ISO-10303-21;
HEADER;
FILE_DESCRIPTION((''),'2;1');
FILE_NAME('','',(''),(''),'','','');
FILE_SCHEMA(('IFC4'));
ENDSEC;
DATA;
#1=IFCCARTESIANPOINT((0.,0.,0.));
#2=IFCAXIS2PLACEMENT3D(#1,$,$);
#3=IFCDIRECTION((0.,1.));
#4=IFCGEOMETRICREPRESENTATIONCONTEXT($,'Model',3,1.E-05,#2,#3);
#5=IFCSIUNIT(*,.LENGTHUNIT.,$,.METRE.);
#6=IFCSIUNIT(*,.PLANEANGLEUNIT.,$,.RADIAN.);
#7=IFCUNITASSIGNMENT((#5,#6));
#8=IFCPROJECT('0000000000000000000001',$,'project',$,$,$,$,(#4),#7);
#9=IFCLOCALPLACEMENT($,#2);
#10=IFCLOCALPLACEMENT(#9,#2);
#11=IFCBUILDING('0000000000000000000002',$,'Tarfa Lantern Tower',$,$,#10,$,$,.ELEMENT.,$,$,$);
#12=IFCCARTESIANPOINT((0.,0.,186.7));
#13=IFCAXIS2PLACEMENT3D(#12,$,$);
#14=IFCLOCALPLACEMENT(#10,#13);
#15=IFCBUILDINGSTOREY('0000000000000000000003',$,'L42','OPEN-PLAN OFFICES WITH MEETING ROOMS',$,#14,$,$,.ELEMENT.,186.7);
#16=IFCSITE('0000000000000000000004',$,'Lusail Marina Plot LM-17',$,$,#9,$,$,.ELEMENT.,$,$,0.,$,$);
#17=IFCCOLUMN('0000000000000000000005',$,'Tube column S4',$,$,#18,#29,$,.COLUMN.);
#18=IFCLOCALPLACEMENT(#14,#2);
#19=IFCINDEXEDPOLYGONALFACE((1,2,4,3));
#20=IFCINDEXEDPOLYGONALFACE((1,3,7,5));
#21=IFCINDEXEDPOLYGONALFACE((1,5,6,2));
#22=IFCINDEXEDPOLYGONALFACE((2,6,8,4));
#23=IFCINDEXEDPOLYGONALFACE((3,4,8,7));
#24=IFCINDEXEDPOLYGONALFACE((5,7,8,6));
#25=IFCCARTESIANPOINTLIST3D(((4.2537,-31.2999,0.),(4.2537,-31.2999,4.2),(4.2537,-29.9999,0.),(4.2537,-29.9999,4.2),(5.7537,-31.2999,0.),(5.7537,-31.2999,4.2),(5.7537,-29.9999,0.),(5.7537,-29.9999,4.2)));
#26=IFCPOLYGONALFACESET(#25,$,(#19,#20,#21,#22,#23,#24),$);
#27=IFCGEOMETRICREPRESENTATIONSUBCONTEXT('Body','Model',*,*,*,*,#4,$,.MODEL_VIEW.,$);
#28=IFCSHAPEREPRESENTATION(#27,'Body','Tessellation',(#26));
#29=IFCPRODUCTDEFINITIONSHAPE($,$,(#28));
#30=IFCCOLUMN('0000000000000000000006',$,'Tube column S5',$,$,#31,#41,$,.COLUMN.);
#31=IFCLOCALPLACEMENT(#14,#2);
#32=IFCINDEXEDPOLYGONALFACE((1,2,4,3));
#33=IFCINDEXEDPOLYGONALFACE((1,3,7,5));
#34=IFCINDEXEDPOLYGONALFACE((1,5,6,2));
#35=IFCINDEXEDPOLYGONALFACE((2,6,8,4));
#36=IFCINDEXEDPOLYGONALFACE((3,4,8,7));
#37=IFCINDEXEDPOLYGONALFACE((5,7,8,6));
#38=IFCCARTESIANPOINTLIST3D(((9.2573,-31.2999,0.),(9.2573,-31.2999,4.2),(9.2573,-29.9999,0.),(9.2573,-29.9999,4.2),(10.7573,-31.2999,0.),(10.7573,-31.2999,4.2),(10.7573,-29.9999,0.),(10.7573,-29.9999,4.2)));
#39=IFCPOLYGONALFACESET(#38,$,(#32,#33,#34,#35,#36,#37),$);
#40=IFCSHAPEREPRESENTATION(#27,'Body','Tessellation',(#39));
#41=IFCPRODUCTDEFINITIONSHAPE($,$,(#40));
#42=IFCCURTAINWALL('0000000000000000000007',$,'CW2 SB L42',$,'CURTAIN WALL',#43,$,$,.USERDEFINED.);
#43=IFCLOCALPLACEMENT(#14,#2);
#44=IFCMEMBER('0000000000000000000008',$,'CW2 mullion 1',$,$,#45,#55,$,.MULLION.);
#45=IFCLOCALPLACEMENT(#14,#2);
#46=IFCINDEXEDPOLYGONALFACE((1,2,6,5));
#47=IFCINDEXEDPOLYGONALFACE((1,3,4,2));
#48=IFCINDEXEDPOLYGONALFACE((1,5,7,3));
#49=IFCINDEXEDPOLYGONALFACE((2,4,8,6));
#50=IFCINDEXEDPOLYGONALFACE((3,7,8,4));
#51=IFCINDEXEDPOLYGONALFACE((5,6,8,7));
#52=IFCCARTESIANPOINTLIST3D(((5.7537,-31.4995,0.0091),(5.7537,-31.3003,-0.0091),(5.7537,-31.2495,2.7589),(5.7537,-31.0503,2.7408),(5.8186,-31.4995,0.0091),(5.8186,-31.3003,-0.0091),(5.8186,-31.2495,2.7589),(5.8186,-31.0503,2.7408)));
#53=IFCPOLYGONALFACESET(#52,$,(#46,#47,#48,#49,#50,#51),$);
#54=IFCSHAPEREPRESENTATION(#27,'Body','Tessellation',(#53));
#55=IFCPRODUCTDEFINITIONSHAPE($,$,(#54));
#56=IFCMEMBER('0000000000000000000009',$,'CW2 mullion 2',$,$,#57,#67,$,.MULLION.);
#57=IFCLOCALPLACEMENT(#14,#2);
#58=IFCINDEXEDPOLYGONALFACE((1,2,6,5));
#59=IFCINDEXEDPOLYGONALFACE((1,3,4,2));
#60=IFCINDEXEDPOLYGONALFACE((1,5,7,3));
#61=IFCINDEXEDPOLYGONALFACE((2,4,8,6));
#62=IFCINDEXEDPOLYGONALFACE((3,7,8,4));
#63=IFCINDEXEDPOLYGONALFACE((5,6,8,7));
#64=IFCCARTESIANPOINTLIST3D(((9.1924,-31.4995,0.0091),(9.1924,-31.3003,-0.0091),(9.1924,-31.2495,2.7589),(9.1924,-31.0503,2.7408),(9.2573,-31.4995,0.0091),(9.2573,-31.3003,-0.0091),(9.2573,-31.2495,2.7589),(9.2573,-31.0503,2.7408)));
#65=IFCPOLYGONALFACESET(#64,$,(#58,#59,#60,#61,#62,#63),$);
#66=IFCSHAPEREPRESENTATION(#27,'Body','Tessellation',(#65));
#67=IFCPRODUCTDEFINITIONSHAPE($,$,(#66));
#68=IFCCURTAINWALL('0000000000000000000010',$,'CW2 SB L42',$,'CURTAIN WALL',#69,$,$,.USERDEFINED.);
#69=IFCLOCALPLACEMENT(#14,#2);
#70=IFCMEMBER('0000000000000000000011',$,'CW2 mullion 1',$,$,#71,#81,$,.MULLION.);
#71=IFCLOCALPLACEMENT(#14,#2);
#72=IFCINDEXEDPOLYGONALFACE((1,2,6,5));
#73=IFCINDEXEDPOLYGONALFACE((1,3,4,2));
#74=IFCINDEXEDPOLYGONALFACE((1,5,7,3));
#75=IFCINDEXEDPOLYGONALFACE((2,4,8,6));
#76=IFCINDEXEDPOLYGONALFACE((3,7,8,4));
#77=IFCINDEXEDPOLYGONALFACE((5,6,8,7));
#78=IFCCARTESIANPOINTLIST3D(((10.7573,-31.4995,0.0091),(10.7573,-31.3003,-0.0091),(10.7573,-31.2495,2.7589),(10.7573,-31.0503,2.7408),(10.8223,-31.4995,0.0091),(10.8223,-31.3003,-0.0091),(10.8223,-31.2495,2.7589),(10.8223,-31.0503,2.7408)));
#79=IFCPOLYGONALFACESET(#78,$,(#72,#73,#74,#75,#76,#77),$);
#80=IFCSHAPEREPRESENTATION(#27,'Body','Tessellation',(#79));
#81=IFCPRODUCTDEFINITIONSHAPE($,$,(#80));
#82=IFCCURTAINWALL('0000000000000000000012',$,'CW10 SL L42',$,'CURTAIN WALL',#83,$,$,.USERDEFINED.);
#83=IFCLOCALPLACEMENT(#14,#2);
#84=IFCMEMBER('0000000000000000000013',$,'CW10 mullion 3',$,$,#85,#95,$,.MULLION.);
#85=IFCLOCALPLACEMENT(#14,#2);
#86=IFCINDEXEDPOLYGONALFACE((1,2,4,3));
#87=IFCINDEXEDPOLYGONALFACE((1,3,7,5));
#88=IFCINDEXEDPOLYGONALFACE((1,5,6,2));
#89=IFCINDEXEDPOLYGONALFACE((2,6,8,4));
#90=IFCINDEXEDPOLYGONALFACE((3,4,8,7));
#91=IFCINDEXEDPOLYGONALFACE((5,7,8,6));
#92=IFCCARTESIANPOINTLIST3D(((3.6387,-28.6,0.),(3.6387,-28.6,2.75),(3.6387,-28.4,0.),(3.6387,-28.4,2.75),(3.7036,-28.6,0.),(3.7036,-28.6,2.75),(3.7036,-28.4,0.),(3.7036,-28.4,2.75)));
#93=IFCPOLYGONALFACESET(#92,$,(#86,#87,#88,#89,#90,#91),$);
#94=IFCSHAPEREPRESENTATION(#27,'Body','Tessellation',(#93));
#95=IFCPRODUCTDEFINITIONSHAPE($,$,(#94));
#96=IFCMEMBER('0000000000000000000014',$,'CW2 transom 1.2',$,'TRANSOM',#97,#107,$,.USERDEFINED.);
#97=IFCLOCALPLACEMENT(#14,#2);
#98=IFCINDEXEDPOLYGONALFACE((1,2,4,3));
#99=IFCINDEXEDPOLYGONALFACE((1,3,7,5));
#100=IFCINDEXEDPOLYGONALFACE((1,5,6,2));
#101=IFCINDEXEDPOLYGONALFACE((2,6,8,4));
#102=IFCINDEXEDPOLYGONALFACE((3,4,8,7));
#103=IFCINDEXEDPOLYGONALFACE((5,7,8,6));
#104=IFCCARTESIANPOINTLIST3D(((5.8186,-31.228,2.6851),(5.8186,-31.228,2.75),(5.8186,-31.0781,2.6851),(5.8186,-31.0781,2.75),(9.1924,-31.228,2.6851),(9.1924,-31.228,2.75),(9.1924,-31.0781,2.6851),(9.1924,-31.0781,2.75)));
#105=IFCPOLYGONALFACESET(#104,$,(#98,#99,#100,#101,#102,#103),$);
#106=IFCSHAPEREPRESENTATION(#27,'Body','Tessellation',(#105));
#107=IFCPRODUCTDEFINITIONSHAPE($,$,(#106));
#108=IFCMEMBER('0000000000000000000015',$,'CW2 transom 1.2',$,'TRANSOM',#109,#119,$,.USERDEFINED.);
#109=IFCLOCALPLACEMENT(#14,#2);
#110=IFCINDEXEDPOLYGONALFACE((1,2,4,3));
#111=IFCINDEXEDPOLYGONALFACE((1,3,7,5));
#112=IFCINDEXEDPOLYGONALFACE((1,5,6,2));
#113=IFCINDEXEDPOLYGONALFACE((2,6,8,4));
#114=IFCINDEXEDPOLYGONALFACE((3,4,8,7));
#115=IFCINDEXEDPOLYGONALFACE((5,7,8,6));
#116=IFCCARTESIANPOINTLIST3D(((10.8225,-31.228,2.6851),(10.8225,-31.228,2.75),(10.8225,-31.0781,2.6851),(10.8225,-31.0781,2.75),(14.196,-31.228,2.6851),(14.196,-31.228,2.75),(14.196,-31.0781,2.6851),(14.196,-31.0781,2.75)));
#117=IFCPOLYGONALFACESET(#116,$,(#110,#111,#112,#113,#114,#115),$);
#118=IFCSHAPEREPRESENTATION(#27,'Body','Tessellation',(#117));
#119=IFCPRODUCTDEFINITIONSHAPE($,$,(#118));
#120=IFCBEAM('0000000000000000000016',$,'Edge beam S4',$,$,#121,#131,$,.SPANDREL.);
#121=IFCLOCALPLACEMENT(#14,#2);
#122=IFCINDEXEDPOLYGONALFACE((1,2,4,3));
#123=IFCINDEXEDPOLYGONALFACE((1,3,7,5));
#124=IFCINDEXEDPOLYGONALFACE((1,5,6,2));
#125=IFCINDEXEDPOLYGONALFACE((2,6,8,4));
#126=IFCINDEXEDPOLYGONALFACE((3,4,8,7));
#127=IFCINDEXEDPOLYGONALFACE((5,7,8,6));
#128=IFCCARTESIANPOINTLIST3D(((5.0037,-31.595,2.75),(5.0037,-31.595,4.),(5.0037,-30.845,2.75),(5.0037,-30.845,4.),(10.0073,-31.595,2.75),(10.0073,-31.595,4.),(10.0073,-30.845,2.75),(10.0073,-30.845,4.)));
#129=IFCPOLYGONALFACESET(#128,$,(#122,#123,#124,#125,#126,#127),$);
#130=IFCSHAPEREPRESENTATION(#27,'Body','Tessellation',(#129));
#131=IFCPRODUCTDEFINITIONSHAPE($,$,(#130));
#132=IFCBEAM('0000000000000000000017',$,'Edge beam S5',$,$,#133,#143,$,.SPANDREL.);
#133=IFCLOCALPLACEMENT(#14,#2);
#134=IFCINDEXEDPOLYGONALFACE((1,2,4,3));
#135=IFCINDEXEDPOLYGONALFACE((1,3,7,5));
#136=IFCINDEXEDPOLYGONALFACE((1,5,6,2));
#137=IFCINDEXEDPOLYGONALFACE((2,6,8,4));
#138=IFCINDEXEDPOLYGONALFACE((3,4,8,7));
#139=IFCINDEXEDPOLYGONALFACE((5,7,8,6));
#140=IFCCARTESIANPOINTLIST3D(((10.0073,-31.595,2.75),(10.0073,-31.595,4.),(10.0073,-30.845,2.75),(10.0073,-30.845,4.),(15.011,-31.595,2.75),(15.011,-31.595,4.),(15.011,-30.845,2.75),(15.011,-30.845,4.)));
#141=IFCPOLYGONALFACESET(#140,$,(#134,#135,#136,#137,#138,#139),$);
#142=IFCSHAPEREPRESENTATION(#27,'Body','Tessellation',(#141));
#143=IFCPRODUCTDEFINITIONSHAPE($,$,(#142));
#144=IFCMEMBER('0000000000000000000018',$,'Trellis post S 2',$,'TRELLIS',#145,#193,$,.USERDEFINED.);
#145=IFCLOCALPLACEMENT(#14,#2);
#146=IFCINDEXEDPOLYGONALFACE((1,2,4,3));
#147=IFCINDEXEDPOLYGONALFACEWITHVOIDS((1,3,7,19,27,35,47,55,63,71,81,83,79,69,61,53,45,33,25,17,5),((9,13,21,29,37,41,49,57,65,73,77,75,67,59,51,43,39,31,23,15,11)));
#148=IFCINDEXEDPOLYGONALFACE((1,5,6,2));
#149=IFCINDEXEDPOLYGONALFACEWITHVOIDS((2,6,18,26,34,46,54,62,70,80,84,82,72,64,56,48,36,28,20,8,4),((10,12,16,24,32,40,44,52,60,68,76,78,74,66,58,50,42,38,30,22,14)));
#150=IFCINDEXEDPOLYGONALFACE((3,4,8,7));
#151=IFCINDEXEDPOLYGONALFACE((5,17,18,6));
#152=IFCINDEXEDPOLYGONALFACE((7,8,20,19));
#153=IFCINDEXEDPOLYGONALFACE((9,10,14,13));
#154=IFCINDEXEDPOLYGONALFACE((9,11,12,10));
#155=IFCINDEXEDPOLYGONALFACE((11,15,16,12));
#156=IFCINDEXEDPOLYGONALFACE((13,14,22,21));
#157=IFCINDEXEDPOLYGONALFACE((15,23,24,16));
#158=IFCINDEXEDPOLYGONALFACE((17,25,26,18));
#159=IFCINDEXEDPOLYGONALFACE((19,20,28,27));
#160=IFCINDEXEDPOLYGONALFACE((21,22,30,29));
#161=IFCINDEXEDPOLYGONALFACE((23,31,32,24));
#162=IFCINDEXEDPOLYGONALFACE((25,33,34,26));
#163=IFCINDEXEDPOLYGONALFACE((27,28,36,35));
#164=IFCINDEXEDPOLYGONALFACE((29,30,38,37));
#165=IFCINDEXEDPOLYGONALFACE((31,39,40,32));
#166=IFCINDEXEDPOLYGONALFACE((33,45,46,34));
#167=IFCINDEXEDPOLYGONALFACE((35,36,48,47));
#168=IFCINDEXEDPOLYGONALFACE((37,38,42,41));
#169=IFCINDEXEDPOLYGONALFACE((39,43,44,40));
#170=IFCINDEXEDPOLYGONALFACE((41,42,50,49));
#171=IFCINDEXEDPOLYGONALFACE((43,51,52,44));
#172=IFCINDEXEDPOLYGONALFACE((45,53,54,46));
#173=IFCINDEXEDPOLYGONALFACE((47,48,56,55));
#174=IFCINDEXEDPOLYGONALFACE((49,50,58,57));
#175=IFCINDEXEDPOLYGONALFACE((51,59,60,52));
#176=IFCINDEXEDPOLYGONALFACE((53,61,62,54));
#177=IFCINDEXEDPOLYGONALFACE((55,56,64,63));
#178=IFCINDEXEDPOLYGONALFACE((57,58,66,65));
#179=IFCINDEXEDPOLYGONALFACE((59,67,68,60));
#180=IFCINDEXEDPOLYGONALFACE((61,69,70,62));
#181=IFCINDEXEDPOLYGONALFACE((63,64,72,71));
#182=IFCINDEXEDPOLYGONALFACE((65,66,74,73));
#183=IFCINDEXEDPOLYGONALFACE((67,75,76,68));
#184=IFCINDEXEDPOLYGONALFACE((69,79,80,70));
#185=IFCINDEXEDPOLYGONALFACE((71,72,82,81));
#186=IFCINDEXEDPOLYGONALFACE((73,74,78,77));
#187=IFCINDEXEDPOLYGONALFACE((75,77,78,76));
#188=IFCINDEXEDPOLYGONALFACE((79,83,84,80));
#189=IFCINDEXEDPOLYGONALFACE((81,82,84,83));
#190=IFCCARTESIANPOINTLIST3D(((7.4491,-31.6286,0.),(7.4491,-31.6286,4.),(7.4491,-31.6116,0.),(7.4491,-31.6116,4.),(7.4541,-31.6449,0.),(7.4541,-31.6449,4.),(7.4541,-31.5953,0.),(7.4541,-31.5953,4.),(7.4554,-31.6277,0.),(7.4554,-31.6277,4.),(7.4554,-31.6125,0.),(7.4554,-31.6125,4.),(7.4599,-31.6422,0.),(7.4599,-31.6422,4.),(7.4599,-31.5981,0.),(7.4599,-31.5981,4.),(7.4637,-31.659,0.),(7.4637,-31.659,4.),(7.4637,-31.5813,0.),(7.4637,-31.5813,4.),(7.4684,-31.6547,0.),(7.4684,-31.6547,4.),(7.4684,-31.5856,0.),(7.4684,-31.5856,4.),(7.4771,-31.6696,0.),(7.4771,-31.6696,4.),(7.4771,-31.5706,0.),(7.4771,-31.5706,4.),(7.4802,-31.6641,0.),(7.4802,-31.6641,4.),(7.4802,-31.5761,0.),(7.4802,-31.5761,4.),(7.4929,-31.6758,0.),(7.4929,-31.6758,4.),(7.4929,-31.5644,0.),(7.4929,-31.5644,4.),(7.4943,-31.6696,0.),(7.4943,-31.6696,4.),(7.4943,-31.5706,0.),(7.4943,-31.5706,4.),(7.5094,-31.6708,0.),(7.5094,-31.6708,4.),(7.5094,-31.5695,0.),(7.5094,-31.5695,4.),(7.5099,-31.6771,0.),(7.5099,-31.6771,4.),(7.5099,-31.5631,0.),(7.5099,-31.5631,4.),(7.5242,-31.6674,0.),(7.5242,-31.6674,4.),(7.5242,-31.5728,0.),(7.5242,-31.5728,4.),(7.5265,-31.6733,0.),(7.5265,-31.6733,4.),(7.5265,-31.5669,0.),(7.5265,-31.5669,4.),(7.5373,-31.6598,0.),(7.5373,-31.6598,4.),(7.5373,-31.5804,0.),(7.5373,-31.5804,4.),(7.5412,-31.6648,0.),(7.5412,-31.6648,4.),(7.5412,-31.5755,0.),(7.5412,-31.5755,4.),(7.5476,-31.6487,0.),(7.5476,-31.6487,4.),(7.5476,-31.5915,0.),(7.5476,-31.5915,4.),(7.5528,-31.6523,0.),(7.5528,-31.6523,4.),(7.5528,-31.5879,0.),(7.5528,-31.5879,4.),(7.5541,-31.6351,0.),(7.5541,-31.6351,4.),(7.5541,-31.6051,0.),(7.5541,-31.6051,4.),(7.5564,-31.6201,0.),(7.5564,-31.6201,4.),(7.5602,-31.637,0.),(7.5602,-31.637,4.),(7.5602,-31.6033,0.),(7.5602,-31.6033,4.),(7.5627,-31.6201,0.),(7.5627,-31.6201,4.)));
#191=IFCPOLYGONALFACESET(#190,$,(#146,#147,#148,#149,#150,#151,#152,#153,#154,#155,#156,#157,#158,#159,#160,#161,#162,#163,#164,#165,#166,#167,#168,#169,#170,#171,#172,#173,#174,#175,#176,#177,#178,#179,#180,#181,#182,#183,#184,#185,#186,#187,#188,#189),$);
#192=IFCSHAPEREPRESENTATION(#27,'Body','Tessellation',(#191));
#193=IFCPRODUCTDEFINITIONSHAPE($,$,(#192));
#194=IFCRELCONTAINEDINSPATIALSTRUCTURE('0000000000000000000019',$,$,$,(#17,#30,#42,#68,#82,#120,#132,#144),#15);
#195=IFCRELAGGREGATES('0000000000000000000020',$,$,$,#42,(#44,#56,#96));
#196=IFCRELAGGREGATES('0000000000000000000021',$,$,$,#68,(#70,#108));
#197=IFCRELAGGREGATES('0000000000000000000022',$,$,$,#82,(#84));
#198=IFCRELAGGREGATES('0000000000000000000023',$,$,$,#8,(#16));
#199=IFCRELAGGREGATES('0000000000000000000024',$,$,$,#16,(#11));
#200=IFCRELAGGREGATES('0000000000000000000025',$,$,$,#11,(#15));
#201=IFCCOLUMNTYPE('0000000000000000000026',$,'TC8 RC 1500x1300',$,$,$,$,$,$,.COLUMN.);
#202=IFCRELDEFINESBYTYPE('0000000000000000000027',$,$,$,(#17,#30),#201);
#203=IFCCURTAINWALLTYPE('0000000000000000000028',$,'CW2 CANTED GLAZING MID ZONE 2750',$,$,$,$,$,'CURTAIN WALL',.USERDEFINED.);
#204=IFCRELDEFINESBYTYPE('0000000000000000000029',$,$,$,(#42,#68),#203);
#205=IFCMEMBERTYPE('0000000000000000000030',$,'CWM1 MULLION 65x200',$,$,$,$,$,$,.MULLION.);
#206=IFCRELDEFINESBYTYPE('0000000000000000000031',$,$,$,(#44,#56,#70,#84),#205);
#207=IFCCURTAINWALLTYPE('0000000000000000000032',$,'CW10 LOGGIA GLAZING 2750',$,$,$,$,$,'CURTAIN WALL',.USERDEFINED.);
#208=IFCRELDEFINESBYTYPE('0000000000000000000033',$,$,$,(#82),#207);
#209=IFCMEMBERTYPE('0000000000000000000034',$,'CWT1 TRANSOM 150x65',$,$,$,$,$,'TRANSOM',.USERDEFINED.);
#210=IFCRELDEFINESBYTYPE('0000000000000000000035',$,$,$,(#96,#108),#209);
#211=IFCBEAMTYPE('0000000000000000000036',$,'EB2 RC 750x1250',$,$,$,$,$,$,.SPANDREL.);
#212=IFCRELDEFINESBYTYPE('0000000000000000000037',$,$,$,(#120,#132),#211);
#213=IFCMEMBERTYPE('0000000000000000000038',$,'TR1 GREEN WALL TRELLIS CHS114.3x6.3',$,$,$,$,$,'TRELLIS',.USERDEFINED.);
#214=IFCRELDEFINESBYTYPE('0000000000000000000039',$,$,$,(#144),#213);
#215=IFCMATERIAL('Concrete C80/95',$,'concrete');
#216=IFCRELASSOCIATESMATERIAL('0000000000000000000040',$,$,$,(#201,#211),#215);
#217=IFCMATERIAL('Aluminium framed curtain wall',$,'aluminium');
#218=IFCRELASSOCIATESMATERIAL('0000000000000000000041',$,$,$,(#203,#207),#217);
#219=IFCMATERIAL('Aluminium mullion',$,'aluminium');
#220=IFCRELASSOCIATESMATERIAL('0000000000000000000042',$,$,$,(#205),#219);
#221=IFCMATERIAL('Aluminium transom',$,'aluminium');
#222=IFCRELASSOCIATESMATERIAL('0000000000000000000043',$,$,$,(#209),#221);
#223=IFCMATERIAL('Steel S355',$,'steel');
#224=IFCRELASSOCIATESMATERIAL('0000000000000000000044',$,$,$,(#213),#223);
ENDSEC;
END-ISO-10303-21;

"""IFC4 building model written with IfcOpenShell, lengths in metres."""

from ifc_helpers import new_model, si_unit, direction, frame, origin, origin_2d, place, context, subcontext, project, spatial, rectangle, hollow_circle, extrude, material, material_profile, profile_set, type_object, element, aggregate, save


model = new_model("IFC4")

# Units and contexts
model_context = context("Model", 3, precision=1e-05, world=origin(), true_north=direction((0.0, 1.0)))
body_context = subcontext(model_context, "Body", "Model", "MODEL_VIEW")
ifc_project = project(units=[si_unit("LENGTHUNIT", "METRE"), si_unit("PLANEANGLEUNIT", "RADIAN")], contexts=[model_context])

# Site, building, storey
site_placement = place(None, origin())
site = spatial("IfcSite", under=ifc_project, at=site_placement, Name="Lusail Marina Plot LM-17", CompositionType="ELEMENT", RefElevation=0.0)
building_placement = place(site_placement, origin())
building = spatial("IfcBuilding", under=site, at=building_placement, Name="Tarfa Lantern Tower", CompositionType="ELEMENT")
storey_placement = place(building_placement, frame((0.0, 0.0, 186.7)))
storey = spatial("IfcBuildingStorey", under=building, at=storey_placement, Name="L42", Description="OPEN-PLAN OFFICES WITH MEETING ROOMS", CompositionType="ELEMENT", Elevation=186.7)

# Columns
ifc_material_1 = material(Name="Concrete C80/95", Category="concrete")
ifc_material_profile_1 = material_profile(ifc_material_1, rectangle(XDim=1.5, YDim=1.3, at=origin_2d()), Name="RC 1500x1300")
ifc_profile_set_1 = profile_set([ifc_material_profile_1], Name="Concrete C80/95")
column_type = type_object("IfcColumnType", Name="TC8 RC 1500x1300", PredefinedType="COLUMN", material=ifc_profile_set_1)
for number, where, z_axis, x_axis, name in (
    (1, (5.0037, -30.6499, 0.0), (0.0, 0.0, 1.0), (1.0, 0.0, 0.0), "Tube column S4"),
    (2, (10.0073, -30.6499, 0.0), (0.0, 0.0, 1.0), (1.0, 0.0, 0.0), "Tube column S5"),
):
    element("IfcColumn", number, at=place(storey_placement, frame(where, z_axis=z_axis, x_axis=x_axis)), inside=storey, type_object=column_type, Name=name, PredefinedType="COLUMN", context=body_context, shape_type="SweptSolid", body=[
        extrude(rectangle(XDim=1.5, YDim=1.3, at=origin_2d()), origin(), (0.0, 0.0, 1.0), 4.2),
    ])

# Curtain wall, members
ifc_material_2 = material(Name="Aluminium framed curtain wall", Category="aluminium")
curtain_wall_type_1 = type_object("IfcCurtainWallType", Name="CW2 CANTED GLAZING MID ZONE 2750", ElementType="CURTAIN WALL", PredefinedType="USERDEFINED", material=ifc_material_2)
curtain_wall_1_placement = place(storey_placement, origin())
curtain_wall_1 = element("IfcCurtainWall", 3, at=curtain_wall_1_placement, inside=storey, type_object=curtain_wall_type_1, Name="CW2 SB L42", ObjectType="CURTAIN WALL", PredefinedType="USERDEFINED")
ifc_material_3 = material(Name="Aluminium mullion", Category="aluminium")
ifc_material_profile_2 = material_profile(ifc_material_3, rectangle(XDim=0.0649, YDim=0.2, at=origin_2d()), Name="AL MULLION 65x200")
ifc_profile_set_2 = profile_set([ifc_material_profile_2], Name="Aluminium mullion")
member_type_1 = type_object("IfcMemberType", Name="CWM1 MULLION 65x200", PredefinedType="MULLION", material=ifc_profile_set_2)
member_1_placement = place(storey_placement, frame((5.7861, -31.3999, 0.0), z_axis=(0.0, 0.090536, 0.995893), x_axis=(-1.0, 0.0, 0.0)))
member_1 = element("IfcMember", 4, at=member_1_placement, type_object=member_type_1, Name="CW2 mullion 1", PredefinedType="MULLION", context=body_context, shape_type="SweptSolid", body=[
    extrude(rectangle(XDim=0.0649, YDim=0.2, at=origin_2d()), origin(), (0.0, 0.0, 1.0), 2.7612),
])
member_2_placement = place(storey_placement, frame((9.2249, -31.3999, 0.0), z_axis=(0.0, 0.090536, 0.995893), x_axis=(-1.0, 0.0, 0.0)))
member_2 = element("IfcMember", 5, at=member_2_placement, type_object=member_type_1, Name="CW2 mullion 2", PredefinedType="MULLION", context=body_context, shape_type="SweptSolid", body=[
    extrude(rectangle(XDim=0.0649, YDim=0.2, at=origin_2d()), origin(), (0.0, 0.0, 1.0), 2.7612),
])

# Curtain walls, members
curtain_wall_2_placement = place(storey_placement, origin())
curtain_wall_2 = element("IfcCurtainWall", 6, at=curtain_wall_2_placement, inside=storey, type_object=curtain_wall_type_1, Name="CW2 SB L42", ObjectType="CURTAIN WALL", PredefinedType="USERDEFINED")
member_3_placement = place(storey_placement, frame((10.7898, -31.3999, 0.0), z_axis=(0.0, 0.090536, 0.995893), x_axis=(-1.0, 0.0, 0.0)))
member_3 = element("IfcMember", 7, at=member_3_placement, type_object=member_type_1, Name="CW2 mullion 1", PredefinedType="MULLION", context=body_context, shape_type="SweptSolid", body=[
    extrude(rectangle(XDim=0.0649, YDim=0.2, at=origin_2d()), origin(), (0.0, 0.0, 1.0), 2.7612),
])
curtain_wall_type_2 = type_object("IfcCurtainWallType", Name="CW10 LOGGIA GLAZING 2750", ElementType="CURTAIN WALL", PredefinedType="USERDEFINED", material=ifc_material_2)
curtain_wall_3_placement = place(storey_placement, origin())
curtain_wall_3 = element("IfcCurtainWall", 8, at=curtain_wall_3_placement, inside=storey, type_object=curtain_wall_type_2, Name="CW10 SL L42", ObjectType="CURTAIN WALL", PredefinedType="USERDEFINED")
member_4_placement = place(storey_placement, frame((3.6711, -28.5, 0.0), z_axis=(0.0, 0.0, 1.0), x_axis=(1.0, 0.0, 0.0)))
member_4 = element("IfcMember", 9, at=member_4_placement, type_object=member_type_1, Name="CW10 mullion 3", PredefinedType="MULLION", context=body_context, shape_type="SweptSolid", body=[
    extrude(rectangle(XDim=0.0649, YDim=0.2, at=origin_2d()), origin(), (0.0, 0.0, 1.0), 2.75),
])

# Members
ifc_material_4 = material(Name="Aluminium transom", Category="aluminium")
ifc_material_profile_3 = material_profile(ifc_material_4, rectangle(XDim=0.1499, YDim=0.0649, at=origin_2d()), Name="AL TRANSOM 150x65")
ifc_profile_set_3 = profile_set([ifc_material_profile_3], Name="Aluminium transom")
member_type_2 = type_object("IfcMemberType", Name="CWT1 TRANSOM 150x65", ElementType="TRANSOM", PredefinedType="USERDEFINED", material=ifc_profile_set_3)
member_5_placement = place(storey_placement, frame((5.8186, -31.1531, 2.7175), z_axis=(1.0, 0.0, 0.0), x_axis=(0.0, 1.0, 0.0)))
member_5 = element("IfcMember", 10, at=member_5_placement, type_object=member_type_2, Name="CW2 transom 1.2", ObjectType="TRANSOM", PredefinedType="USERDEFINED", context=body_context, shape_type="SweptSolid", body=[
    extrude(rectangle(XDim=0.1499, YDim=0.0649, at=origin_2d()), origin(), (0.0, 0.0, 1.0), 3.3738),
])
member_6_placement = place(storey_placement, frame((10.8225, -31.1531, 2.7175), z_axis=(1.0, 0.0, 0.0), x_axis=(0.0, 1.0, 0.0)))
member_6 = element("IfcMember", 11, at=member_6_placement, type_object=member_type_2, Name="CW2 transom 1.2", ObjectType="TRANSOM", PredefinedType="USERDEFINED", context=body_context, shape_type="SweptSolid", body=[
    extrude(rectangle(XDim=0.1499, YDim=0.0649, at=origin_2d()), origin(), (0.0, 0.0, 1.0), 3.3735),
])

# Beams
ifc_material_profile_4 = material_profile(ifc_material_1, rectangle(XDim=0.75, YDim=1.25, at=origin_2d()), Name="RC 750x1250")
ifc_profile_set_4 = profile_set([ifc_material_profile_4], Name="Concrete C80/95")
beam_type_1 = type_object("IfcBeamType", Name="EB2 RC 750x1250", PredefinedType="SPANDREL", material=ifc_profile_set_4)
for number, where, z_axis, x_axis, name in (
    (12, (5.0037, -31.22, 3.375), (1.0, 0.0, 0.0), (0.0, 1.0, 0.0), "Edge beam S4"),
    (13, (10.0073, -31.22, 3.375), (1.0, 0.0, 0.0), (0.0, 1.0, 0.0), "Edge beam S5"),
):
    element("IfcBeam", number, at=place(storey_placement, frame(where, z_axis=z_axis, x_axis=x_axis)), inside=storey, type_object=beam_type_1, Name=name, PredefinedType="SPANDREL", context=body_context, shape_type="SweptSolid", body=[
        extrude(rectangle(XDim=0.75, YDim=1.25, at=origin_2d()), origin(), (0.0, 0.0, 1.0), 5.0037),
    ])

# Member
ifc_material_5 = material(Name="Steel S355", Category="steel")
ifc_material_profile_5 = material_profile(ifc_material_5, hollow_circle(Radius=0.0571, WallThickness=0.0063, at=origin_2d()), Name="CHS114.3x6.3")
ifc_profile_set_5 = profile_set([ifc_material_profile_5], Name="Steel S355")
member_type_3 = type_object("IfcMemberType", Name="TR1 GREEN WALL TRELLIS CHS114.3x6.3", ElementType="TRELLIS", PredefinedType="USERDEFINED", material=ifc_profile_set_5)
member_7_placement = place(storey_placement, frame((7.5056, -31.6201, 0.0), z_axis=(0.0, 0.0, 1.0), x_axis=(1.0, 0.0, 0.0)))
element("IfcMember", 14, at=member_7_placement, inside=storey, type_object=member_type_3, Name="Trellis post S 2", ObjectType="TRELLIS", PredefinedType="USERDEFINED", context=body_context, shape_type="SweptSolid", body=[
    extrude(hollow_circle(Radius=0.0571, WallThickness=0.0063, at=origin_2d()), origin(), (0.0, 0.0, 1.0), 4.0),
])

aggregate(curtain_wall_1, [member_1, member_2, member_5])
aggregate(curtain_wall_2, [member_3, member_6])
aggregate(curtain_wall_3, [member_4])

save(model, "model.ifc")
